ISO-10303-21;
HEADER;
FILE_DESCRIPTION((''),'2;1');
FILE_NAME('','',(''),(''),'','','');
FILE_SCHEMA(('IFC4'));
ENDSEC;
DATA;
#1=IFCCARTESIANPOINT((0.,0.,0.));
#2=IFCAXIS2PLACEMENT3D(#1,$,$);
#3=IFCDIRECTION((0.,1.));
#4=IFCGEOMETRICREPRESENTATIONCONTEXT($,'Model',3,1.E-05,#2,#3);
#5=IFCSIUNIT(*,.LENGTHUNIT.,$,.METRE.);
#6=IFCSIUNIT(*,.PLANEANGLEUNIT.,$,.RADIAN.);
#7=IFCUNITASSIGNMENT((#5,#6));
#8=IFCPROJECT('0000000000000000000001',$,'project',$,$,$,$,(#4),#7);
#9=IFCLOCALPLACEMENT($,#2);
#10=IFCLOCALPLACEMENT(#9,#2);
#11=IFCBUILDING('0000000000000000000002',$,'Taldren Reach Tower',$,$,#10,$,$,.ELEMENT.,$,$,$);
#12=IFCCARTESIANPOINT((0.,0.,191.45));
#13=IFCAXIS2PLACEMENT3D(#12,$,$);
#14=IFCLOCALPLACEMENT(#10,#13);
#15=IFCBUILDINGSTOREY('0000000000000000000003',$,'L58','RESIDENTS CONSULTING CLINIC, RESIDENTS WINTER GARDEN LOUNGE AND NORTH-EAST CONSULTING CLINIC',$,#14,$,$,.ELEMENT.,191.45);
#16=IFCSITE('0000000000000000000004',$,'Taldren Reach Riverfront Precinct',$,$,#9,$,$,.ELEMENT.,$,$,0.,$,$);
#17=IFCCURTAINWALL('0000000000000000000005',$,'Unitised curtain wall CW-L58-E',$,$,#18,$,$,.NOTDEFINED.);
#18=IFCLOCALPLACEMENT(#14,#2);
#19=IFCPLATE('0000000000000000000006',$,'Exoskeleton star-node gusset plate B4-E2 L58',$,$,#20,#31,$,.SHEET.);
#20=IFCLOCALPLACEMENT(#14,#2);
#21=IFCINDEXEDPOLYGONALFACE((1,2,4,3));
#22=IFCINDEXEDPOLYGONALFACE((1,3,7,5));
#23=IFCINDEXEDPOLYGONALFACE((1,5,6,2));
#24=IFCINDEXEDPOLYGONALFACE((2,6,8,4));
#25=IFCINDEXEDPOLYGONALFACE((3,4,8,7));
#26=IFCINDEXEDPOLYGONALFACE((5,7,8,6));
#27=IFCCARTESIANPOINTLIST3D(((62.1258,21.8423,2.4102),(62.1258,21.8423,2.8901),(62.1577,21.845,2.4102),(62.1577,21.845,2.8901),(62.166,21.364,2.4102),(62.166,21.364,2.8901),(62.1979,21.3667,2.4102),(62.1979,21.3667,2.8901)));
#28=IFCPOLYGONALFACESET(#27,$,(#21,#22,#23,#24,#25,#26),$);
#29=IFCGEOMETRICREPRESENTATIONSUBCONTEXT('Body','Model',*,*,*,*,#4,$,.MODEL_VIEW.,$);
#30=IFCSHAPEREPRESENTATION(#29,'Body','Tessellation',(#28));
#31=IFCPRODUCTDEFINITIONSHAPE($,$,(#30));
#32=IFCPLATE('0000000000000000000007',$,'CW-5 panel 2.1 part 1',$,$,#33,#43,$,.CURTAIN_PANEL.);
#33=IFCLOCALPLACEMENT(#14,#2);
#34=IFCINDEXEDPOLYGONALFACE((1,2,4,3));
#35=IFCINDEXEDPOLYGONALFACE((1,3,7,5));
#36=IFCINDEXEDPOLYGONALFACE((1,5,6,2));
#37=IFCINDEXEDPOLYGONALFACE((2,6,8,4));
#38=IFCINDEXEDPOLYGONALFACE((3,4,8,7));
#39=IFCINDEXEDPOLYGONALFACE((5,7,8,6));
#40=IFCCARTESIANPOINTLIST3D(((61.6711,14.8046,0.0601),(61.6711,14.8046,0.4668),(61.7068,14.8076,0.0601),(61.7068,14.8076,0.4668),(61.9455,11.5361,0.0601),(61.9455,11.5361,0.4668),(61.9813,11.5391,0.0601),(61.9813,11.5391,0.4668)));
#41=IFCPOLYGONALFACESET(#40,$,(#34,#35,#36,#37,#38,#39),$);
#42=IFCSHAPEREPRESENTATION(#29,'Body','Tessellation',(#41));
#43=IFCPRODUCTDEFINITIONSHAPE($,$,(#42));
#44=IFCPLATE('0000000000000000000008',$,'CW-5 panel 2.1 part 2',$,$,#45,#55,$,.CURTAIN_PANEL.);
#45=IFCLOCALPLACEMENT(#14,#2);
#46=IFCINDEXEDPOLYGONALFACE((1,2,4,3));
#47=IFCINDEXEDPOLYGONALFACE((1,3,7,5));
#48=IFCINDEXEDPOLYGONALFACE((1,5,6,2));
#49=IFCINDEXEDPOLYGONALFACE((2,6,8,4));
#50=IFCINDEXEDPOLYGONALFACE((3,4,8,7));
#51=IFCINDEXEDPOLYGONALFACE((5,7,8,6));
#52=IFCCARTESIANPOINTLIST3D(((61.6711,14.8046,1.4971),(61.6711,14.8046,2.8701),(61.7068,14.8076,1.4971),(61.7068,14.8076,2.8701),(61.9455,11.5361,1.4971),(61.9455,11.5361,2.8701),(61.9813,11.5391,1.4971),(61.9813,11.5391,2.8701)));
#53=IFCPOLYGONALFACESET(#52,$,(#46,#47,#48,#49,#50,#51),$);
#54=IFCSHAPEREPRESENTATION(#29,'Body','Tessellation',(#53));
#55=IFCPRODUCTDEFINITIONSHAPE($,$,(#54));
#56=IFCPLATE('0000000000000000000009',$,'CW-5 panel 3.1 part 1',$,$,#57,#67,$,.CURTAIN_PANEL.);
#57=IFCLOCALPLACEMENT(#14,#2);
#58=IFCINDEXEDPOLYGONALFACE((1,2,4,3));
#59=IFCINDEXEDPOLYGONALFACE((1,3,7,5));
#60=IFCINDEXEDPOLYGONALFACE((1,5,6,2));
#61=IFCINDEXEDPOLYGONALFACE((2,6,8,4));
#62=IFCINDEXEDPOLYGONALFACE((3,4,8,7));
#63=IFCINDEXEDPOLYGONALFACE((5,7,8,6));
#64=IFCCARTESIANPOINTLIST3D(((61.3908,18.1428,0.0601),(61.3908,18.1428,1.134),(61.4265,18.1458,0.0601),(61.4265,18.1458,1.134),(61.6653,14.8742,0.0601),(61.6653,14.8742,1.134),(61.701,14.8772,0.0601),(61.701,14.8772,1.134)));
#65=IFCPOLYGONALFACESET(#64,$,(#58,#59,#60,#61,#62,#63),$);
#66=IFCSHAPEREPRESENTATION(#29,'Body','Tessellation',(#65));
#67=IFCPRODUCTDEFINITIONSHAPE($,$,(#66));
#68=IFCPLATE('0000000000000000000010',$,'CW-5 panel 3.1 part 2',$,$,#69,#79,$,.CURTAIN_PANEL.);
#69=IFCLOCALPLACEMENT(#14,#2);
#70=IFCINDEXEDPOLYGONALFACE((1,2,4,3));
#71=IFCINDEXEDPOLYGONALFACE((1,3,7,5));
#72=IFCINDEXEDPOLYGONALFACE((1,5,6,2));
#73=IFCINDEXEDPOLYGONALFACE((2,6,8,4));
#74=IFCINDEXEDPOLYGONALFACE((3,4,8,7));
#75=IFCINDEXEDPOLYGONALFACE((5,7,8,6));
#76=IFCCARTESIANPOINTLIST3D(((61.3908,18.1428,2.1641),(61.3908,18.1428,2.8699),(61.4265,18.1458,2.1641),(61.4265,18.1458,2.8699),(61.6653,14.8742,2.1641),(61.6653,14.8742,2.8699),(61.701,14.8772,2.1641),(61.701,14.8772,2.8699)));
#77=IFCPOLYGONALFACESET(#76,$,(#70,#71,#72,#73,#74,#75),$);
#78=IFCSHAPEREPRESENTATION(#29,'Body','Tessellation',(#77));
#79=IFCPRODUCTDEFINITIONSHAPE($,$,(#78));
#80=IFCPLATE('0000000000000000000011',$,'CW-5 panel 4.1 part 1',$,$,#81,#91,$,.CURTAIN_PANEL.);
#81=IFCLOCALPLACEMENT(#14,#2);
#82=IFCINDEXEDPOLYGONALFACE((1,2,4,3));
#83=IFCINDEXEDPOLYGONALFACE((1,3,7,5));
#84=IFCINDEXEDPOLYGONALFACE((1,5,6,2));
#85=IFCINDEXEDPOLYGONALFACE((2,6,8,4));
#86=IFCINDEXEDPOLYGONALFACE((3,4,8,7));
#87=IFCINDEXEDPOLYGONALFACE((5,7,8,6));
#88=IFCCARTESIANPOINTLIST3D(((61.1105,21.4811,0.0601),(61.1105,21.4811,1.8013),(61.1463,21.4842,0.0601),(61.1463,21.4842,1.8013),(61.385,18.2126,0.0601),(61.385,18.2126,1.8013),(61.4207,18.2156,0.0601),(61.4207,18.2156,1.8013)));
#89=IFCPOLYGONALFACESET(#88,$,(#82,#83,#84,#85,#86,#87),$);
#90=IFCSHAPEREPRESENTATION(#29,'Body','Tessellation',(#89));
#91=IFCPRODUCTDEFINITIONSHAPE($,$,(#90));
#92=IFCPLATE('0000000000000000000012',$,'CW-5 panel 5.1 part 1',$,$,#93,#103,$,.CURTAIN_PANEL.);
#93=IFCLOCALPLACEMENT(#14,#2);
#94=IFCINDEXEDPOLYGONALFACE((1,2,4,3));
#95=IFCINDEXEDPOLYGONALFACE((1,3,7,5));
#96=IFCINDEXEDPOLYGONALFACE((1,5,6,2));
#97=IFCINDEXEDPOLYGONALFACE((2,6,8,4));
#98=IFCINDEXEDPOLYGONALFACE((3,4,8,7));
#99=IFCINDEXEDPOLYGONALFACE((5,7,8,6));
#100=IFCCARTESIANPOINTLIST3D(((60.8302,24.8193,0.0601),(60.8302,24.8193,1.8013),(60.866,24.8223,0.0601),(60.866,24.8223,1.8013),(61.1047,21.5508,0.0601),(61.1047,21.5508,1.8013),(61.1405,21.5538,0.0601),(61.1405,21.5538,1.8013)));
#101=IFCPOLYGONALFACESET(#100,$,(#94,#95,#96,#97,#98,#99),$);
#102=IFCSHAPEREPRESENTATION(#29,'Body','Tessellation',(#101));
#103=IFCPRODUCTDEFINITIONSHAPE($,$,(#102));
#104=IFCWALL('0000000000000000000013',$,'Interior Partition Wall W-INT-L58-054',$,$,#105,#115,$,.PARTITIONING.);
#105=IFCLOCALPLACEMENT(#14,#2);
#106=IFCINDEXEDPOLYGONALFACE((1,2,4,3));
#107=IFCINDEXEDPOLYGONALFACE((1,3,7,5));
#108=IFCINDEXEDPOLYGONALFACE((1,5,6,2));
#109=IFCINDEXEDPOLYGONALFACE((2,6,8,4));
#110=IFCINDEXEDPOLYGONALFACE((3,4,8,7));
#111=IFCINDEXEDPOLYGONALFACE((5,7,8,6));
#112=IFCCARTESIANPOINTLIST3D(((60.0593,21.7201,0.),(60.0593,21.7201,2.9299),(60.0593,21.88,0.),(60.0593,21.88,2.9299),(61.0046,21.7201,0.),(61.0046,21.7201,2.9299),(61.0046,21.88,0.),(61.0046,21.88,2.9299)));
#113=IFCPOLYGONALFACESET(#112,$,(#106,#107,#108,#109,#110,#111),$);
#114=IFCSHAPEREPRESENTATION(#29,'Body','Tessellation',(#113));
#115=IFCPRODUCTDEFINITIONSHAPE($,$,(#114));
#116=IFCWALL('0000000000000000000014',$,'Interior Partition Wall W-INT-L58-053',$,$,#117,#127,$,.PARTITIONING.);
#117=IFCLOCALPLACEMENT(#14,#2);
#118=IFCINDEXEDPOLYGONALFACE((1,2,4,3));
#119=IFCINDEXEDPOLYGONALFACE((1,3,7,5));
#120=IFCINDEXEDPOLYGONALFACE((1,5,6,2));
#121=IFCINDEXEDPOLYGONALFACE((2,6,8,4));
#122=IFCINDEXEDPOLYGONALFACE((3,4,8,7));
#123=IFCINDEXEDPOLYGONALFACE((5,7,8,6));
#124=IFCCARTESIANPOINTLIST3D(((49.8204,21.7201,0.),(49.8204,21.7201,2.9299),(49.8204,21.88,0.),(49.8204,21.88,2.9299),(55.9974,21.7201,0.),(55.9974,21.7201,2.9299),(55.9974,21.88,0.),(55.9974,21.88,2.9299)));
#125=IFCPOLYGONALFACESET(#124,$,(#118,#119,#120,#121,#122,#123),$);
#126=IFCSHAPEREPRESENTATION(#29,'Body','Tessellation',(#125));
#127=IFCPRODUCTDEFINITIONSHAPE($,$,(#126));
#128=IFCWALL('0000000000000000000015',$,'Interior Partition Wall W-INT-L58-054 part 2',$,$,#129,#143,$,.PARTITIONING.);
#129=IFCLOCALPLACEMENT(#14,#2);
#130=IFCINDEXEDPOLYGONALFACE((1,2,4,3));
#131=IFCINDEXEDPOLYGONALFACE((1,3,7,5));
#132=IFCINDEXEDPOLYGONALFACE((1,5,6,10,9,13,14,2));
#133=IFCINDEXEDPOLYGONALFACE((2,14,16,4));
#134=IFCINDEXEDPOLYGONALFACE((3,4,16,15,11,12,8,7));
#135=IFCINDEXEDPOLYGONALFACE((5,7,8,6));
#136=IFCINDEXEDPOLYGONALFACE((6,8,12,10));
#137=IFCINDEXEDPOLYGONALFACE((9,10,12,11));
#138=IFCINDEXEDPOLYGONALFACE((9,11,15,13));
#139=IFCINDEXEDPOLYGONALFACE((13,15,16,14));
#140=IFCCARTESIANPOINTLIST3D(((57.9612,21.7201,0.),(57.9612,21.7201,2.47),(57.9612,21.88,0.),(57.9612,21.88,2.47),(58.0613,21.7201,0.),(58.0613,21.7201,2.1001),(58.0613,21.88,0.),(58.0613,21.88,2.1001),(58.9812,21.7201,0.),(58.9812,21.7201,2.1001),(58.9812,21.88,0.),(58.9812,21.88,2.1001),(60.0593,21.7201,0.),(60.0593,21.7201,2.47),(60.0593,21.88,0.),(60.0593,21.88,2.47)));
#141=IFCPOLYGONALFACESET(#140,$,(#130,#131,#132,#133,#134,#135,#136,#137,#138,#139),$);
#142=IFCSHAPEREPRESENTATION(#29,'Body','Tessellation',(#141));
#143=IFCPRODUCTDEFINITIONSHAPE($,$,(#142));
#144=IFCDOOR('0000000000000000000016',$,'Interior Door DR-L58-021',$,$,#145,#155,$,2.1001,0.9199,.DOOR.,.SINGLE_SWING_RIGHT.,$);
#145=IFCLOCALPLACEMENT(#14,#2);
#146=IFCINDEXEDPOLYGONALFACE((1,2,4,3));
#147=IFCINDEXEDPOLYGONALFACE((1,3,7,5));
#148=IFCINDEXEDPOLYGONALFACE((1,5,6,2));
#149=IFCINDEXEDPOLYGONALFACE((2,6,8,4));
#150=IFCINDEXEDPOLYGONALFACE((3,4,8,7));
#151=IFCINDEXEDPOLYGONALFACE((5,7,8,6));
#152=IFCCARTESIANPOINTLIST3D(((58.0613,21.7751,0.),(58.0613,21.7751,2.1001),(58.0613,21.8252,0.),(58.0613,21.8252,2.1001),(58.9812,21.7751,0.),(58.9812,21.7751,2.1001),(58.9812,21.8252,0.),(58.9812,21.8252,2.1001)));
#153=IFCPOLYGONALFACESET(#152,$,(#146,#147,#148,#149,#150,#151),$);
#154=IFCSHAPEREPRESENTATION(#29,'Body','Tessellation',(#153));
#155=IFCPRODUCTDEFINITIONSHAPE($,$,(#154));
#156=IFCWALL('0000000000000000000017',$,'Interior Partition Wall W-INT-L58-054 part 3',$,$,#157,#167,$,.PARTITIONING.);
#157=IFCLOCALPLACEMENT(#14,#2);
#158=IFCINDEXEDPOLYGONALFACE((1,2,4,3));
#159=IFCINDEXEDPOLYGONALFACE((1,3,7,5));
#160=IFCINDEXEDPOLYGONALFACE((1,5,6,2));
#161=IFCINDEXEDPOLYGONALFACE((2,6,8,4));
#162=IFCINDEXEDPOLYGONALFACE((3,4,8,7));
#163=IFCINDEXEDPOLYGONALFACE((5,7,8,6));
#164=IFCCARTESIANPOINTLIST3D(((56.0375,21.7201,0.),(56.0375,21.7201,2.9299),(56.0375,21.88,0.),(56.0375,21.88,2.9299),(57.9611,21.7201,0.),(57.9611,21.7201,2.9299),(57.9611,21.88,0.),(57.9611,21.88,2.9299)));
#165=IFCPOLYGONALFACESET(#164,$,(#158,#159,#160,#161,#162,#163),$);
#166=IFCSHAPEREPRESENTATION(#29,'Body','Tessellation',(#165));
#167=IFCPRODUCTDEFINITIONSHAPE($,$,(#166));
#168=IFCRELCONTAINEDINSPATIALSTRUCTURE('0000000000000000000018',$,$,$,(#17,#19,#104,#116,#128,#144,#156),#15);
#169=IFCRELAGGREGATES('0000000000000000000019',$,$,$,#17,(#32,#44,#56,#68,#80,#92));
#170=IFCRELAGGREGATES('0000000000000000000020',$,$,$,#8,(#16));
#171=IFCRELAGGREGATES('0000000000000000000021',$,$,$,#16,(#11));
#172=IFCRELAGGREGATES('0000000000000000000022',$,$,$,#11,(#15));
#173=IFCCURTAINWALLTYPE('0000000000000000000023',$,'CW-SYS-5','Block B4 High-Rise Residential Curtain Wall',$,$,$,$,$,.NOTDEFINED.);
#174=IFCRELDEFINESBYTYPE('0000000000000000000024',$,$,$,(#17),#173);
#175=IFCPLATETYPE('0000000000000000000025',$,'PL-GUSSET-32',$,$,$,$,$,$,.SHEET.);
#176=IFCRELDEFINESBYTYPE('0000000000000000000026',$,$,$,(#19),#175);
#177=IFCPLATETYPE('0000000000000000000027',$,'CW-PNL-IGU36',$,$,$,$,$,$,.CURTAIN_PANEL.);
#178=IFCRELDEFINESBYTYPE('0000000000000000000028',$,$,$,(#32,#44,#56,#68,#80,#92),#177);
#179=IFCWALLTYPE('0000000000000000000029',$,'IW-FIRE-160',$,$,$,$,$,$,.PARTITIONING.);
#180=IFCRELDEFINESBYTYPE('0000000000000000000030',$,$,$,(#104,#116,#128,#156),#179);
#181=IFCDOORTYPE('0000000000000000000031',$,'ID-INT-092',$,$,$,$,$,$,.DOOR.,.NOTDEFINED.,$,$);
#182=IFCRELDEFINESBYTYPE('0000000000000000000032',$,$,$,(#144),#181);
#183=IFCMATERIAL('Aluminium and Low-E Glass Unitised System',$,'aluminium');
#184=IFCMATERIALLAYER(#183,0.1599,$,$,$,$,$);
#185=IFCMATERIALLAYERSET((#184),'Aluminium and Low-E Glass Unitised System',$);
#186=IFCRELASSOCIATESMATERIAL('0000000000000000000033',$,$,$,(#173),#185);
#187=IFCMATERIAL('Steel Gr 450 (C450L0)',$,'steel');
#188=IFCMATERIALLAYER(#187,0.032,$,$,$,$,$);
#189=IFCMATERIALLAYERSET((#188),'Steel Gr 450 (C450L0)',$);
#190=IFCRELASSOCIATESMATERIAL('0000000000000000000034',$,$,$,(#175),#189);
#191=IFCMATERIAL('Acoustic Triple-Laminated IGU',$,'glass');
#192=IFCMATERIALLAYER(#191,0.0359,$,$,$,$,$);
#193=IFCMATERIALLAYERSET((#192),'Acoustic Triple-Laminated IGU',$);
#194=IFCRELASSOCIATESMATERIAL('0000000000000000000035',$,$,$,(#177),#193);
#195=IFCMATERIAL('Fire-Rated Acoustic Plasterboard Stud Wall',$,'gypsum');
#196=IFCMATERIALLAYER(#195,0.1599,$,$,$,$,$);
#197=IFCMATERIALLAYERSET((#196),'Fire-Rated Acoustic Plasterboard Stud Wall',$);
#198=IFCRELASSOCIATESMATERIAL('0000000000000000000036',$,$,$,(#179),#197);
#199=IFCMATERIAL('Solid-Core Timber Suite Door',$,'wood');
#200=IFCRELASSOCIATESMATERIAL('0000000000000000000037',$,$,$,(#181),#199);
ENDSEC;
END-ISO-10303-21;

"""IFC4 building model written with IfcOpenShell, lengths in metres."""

from ifc_helpers import new_model, si_unit, direction, frame, frame_2d, origin, origin_2d, place, context, subcontext, project, spatial, rectangle, extrude, source, transform, mapped, material, layer, layer_set, type_object, element, fill, aggregate, save


model = new_model("IFC4")

# Units and contexts
model_context = context("Model", 3, precision=1e-05, world=origin(), true_north=direction((0.0, 1.0)))
body_context = subcontext(model_context, "Body", "Model", "MODEL_VIEW")
ifc_project = project(units=[si_unit("LENGTHUNIT", "METRE"), si_unit("PLANEANGLEUNIT", "RADIAN")], contexts=[model_context])

# Site, building, storey
site_placement = place(None, origin())
site = spatial("IfcSite", under=ifc_project, at=site_placement, Name="Taldren Reach Riverfront Precinct", CompositionType="ELEMENT", RefElevation=0.0)
building_placement = place(site_placement, origin())
building = spatial("IfcBuilding", under=site, at=building_placement, Name="Taldren Reach Tower", CompositionType="ELEMENT")
storey_placement = place(building_placement, frame((0.0, 0.0, 191.45)))
storey = spatial("IfcBuildingStorey", under=building, at=storey_placement, Name="L58", Description="RESIDENTS CONSULTING CLINIC, RESIDENTS WINTER GARDEN LOUNGE AND NORTH-EAST CONSULTING CLINIC", CompositionType="ELEMENT", Elevation=191.45)

# Shared definitions
ifc_material_1 = material(Name="Steel Gr 450 (C450L0)", Category="steel")

# Curtain wall
ifc_material_2 = material(Name="Aluminium and Low-E Glass Unitised System", Category="aluminium")
ifc_layer_1 = layer(ifc_material_2, 0.1599)
ifc_layer_set_1 = layer_set([ifc_layer_1], Name="Aluminium and Low-E Glass Unitised System")
curtain_wall_type = type_object("IfcCurtainWallType", Name="CW-SYS-5", Description="Block B4 High-Rise Residential Curtain Wall", PredefinedType="NOTDEFINED", material=ifc_layer_set_1)
curtain_wall_placement = place(storey_placement, origin())
curtain_wall = element("IfcCurtainWall", 1, at=curtain_wall_placement, inside=storey, type_object=curtain_wall_type, Name="Unitised curtain wall CW-L58-E", PredefinedType="NOTDEFINED")

# Plate
ifc_layer_2 = layer(ifc_material_1, 0.032)
ifc_layer_set_2 = layer_set([ifc_layer_2], Name="Steel Gr 450 (C450L0)")
plate_type_1 = type_object("IfcPlateType", Name="PL-GUSSET-32", PredefinedType="SHEET", material=ifc_layer_set_2)
shared_shape_1 = source(origin(), body_context, "Body", "SweptSolid", [
    extrude(rectangle(XDim=0.48, YDim=0.032, at=origin_2d()), origin(), (0.0, 0.0, 1.0), 0.48),
])
plate_1_placement = place(storey_placement, frame((62.1619, 21.6045, 2.4102), z_axis=(0.0, 0.0, 1.0), x_axis=(-0.083678, 0.996493, 0.0)))
element("IfcPlate", 2, at=plate_1_placement, inside=storey, type_object=plate_type_1, Name="Exoskeleton star-node gusset plate B4-E2 L58", PredefinedType="SHEET", context=body_context, shape_type="MappedRepresentation", body=[
    mapped(shared_shape_1, transform((0.0, 0.0, 0.0), scale=1.0)),
])

# Plates
ifc_material_3 = material(Name="Acoustic Triple-Laminated IGU", Category="glass")
ifc_layer_3 = layer(ifc_material_3, 0.0359)
ifc_layer_set_3 = layer_set([ifc_layer_3], Name="Acoustic Triple-Laminated IGU")
plate_type_2 = type_object("IfcPlateType", Name="CW-PNL-IGU36", PredefinedType="CURTAIN_PANEL", material=ifc_layer_set_3)
shared_shape_2 = source(origin(), body_context, "Body", "SweptSolid", [
    extrude(rectangle(XDim=3.28, YDim=0.0359, at=origin_2d()), origin(), (0.0, 0.0, 1.0), 0.4067),
])
plate_2_placement = place(storey_placement, frame((61.8262, 13.1719, 0.0601), z_axis=(0.0, 0.0, 1.0), x_axis=(-0.083678, 0.996493, 0.0)))
plate_2 = element("IfcPlate", 3, at=plate_2_placement, type_object=plate_type_2, Name="CW-5 panel 2.1 part 1", PredefinedType="CURTAIN_PANEL", context=body_context, shape_type="MappedRepresentation", body=[
    mapped(shared_shape_2, transform((0.0, 0.0, 0.0), scale=1.0)),
])
shared_shape_3 = source(origin(), body_context, "Body", "SweptSolid", [
    extrude(rectangle(XDim=3.28, YDim=0.0359, at=origin_2d()), origin(), (0.0, 0.0, 1.0), 1.373),
])
plate_3_placement = place(storey_placement, frame((61.8262, 13.1719, 1.4971), z_axis=(0.0, 0.0, 1.0), x_axis=(-0.083678, 0.996493, 0.0)))
plate_3 = element("IfcPlate", 4, at=plate_3_placement, type_object=plate_type_2, Name="CW-5 panel 2.1 part 2", PredefinedType="CURTAIN_PANEL", context=body_context, shape_type="MappedRepresentation", body=[
    mapped(shared_shape_3, transform((0.0, 0.0, 0.0), scale=1.0)),
])
shared_shape_4 = source(origin(), body_context, "Body", "SweptSolid", [
    extrude(rectangle(XDim=3.28, YDim=0.0359, at=origin_2d()), origin(), (0.0, 0.0, 1.0), 1.074),
])
plate_4_placement = place(storey_placement, frame((61.5459, 16.51, 0.0601), z_axis=(0.0, 0.0, 1.0), x_axis=(-0.083678, 0.996493, 0.0)))
plate_4 = element("IfcPlate", 5, at=plate_4_placement, type_object=plate_type_2, Name="CW-5 panel 3.1 part 1", PredefinedType="CURTAIN_PANEL", context=body_context, shape_type="MappedRepresentation", body=[
    mapped(shared_shape_4, transform((0.0, 0.0, 0.0), scale=1.0)),
])
shared_shape_5 = source(origin(), body_context, "Body", "SweptSolid", [
    extrude(rectangle(XDim=3.28, YDim=0.0359, at=origin_2d()), origin(), (0.0, 0.0, 1.0), 0.7058),
])
plate_5_placement = place(storey_placement, frame((61.5459, 16.51, 2.1641), z_axis=(0.0, 0.0, 1.0), x_axis=(-0.083678, 0.996493, 0.0)))
plate_5 = element("IfcPlate", 6, at=plate_5_placement, type_object=plate_type_2, Name="CW-5 panel 3.1 part 2", PredefinedType="CURTAIN_PANEL", context=body_context, shape_type="MappedRepresentation", body=[
    mapped(shared_shape_5, transform((0.0, 0.0, 0.0), scale=1.0)),
])
shared_shape_6 = source(origin(), body_context, "Body", "SweptSolid", [
    extrude(rectangle(XDim=3.28, YDim=0.0359, at=origin_2d()), origin(), (0.0, 0.0, 1.0), 1.7412),
])
plate_6_placement = place(storey_placement, frame((61.2656, 19.8484, 0.0601), z_axis=(0.0, 0.0, 1.0), x_axis=(-0.083678, 0.996493, 0.0)))
plate_6 = element("IfcPlate", 7, at=plate_6_placement, type_object=plate_type_2, Name="CW-5 panel 4.1 part 1", PredefinedType="CURTAIN_PANEL", context=body_context, shape_type="MappedRepresentation", body=[
    mapped(shared_shape_6, transform((0.0, 0.0, 0.0), scale=1.0)),
])
plate_7_placement = place(storey_placement, frame((60.9854, 23.1865, 0.0601), z_axis=(0.0, 0.0, 1.0), x_axis=(-0.083678, 0.996493, 0.0)))
plate_7 = element("IfcPlate", 8, at=plate_7_placement, type_object=plate_type_2, Name="CW-5 panel 5.1 part 1", PredefinedType="CURTAIN_PANEL", context=body_context, shape_type="MappedRepresentation", body=[
    mapped(shared_shape_6, transform((0.0, 0.0, 0.0), scale=1.0)),
])
aggregate(curtain_wall, [plate_2, plate_3, plate_4, plate_5, plate_6, plate_7])

# Walls
ifc_material_4 = material(Name="Fire-Rated Acoustic Plasterboard Stud Wall", Category="gypsum")
ifc_layer_4 = layer(ifc_material_4, 0.1599)
ifc_layer_set_4 = layer_set([ifc_layer_4], Name="Fire-Rated Acoustic Plasterboard Stud Wall")
wall_type_1 = type_object("IfcWallType", Name="IW-FIRE-160", PredefinedType="PARTITIONING", material=ifc_layer_set_4)
shared_shape_7 = source(origin(), body_context, "Body", "SweptSolid", [
    extrude(rectangle(XDim=0.9453, YDim=0.1599, at=frame_2d((0.4727, 0.0))), origin(), (0.0, 0.0, 1.0), 2.9299),
])
wall_1_placement = place(storey_placement, frame((61.0046, 21.8, 0.0), z_axis=(0.0, 0.0, 1.0), x_axis=(-1.0, 0.0, 0.0)))
element("IfcWall", 9, at=wall_1_placement, inside=storey, type_object=wall_type_1, Name="Interior Partition Wall W-INT-L58-054", PredefinedType="PARTITIONING", context=body_context, shape_type="MappedRepresentation", body=[
    mapped(shared_shape_7, transform((0.0, 0.0, 0.0), scale=1.0)),
])
shared_shape_8 = source(origin(), body_context, "Body", "SweptSolid", [
    extrude(rectangle(XDim=6.177, YDim=0.1599, at=frame_2d((3.0884, 0.0))), origin(), (0.0, 0.0, 1.0), 2.9299),
])
wall_2_placement = place(storey_placement, frame((55.9973, 21.8, 0.0), z_axis=(0.0, 0.0, 1.0), x_axis=(-1.0, 0.0, 0.0)))
element("IfcWall", 10, at=wall_2_placement, inside=storey, type_object=wall_type_1, Name="Interior Partition Wall W-INT-L58-053", PredefinedType="PARTITIONING", context=body_context, shape_type="MappedRepresentation", body=[
    mapped(shared_shape_8, transform((0.0, 0.0, 0.0), scale=1.0)),
])

# Wall, opening, door
shared_shape_9 = source(origin(), body_context, "Body", "SweptSolid", [
    extrude(rectangle(XDim=2.0981, YDim=0.1599, at=frame_2d((1.0491, 0.0))), origin(), (0.0, 0.0, 1.0), 2.47),
])
wall_3_placement = place(storey_placement, frame((60.0593, 21.8, 0.0), z_axis=(0.0, 0.0, 1.0), x_axis=(-1.0, 0.0, 0.0)))
wall_3 = element("IfcWall", 11, at=wall_3_placement, inside=storey, type_object=wall_type_1, Name="Interior Partition Wall W-INT-L58-054 part 2", PredefinedType="PARTITIONING", context=body_context, shape_type="MappedRepresentation", body=[
    mapped(shared_shape_9, transform((0.0, 0.0, 0.0), scale=1.0)),
])
shared_shape_10 = source(origin(), body_context, "Body", "SweptSolid", [
    extrude(rectangle(XDim=0.9199, YDim=2.1001, at=frame_2d((0.46, 1.05))), frame((0.0, 0.0898, 0.0), z_axis=(0.0, -1.0, 0.0), x_axis=(1.0, 0.0, 0.0)), (0.0, 0.0, 1.0), 0.1799),
])
opening_placement = place(wall_3_placement, frame((1.0781, 0.0, 0.0)))
opening = element("IfcOpeningElement", 12, at=opening_placement, cuts=wall_3, PredefinedType="OPENING", context=body_context, shape_type="MappedRepresentation", body=[
    mapped(shared_shape_10, transform((0.0, 0.0, 0.0), scale=1.0)),
])
ifc_material_5 = material(Name="Solid-Core Timber Suite Door", Category="wood")
door_type = type_object("IfcDoorType", Name="ID-INT-092", OperationType="NOTDEFINED", PredefinedType="DOOR", material=ifc_material_5)
shared_shape_11 = source(origin(), body_context, "Body", "SweptSolid", [
    extrude(rectangle(XDim=0.9199, YDim=2.1001, at=frame_2d((0.46, 1.05))), frame((0.0, 0.0249, 0.0), z_axis=(0.0, -1.0, 0.0), x_axis=(1.0, 0.0, 0.0)), (0.0, 0.0, 1.0), 0.05),
])
door_placement = place(opening_placement, origin())
door = element("IfcDoor", 13, at=door_placement, inside=storey, type_object=door_type, Name="Interior Door DR-L58-021", OperationType="SINGLE_SWING_RIGHT", OverallHeight=2.1001, OverallWidth=0.9199, PredefinedType="DOOR", context=body_context, shape_type="MappedRepresentation", body=[
    mapped(shared_shape_11, transform((0.0, 0.0, 0.0), scale=1.0)),
])
fill(opening, door)

# Wall
shared_shape_12 = source(origin(), body_context, "Body", "SweptSolid", [
    extrude(rectangle(XDim=1.9236, YDim=0.1599, at=frame_2d((0.9619, 0.0))), origin(), (0.0, 0.0, 1.0), 2.9299),
])
wall_4_placement = place(storey_placement, frame((57.9612, 21.8, 0.0), z_axis=(0.0, 0.0, 1.0), x_axis=(-1.0, 0.0, 0.0)))
element("IfcWall", 14, at=wall_4_placement, inside=storey, type_object=wall_type_1, Name="Interior Partition Wall W-INT-L58-054 part 3", PredefinedType="PARTITIONING", context=body_context, shape_type="MappedRepresentation", body=[
    mapped(shared_shape_12, transform((0.0, 0.0, 0.0), scale=1.0)),
])

save(model, "model.ifc")
